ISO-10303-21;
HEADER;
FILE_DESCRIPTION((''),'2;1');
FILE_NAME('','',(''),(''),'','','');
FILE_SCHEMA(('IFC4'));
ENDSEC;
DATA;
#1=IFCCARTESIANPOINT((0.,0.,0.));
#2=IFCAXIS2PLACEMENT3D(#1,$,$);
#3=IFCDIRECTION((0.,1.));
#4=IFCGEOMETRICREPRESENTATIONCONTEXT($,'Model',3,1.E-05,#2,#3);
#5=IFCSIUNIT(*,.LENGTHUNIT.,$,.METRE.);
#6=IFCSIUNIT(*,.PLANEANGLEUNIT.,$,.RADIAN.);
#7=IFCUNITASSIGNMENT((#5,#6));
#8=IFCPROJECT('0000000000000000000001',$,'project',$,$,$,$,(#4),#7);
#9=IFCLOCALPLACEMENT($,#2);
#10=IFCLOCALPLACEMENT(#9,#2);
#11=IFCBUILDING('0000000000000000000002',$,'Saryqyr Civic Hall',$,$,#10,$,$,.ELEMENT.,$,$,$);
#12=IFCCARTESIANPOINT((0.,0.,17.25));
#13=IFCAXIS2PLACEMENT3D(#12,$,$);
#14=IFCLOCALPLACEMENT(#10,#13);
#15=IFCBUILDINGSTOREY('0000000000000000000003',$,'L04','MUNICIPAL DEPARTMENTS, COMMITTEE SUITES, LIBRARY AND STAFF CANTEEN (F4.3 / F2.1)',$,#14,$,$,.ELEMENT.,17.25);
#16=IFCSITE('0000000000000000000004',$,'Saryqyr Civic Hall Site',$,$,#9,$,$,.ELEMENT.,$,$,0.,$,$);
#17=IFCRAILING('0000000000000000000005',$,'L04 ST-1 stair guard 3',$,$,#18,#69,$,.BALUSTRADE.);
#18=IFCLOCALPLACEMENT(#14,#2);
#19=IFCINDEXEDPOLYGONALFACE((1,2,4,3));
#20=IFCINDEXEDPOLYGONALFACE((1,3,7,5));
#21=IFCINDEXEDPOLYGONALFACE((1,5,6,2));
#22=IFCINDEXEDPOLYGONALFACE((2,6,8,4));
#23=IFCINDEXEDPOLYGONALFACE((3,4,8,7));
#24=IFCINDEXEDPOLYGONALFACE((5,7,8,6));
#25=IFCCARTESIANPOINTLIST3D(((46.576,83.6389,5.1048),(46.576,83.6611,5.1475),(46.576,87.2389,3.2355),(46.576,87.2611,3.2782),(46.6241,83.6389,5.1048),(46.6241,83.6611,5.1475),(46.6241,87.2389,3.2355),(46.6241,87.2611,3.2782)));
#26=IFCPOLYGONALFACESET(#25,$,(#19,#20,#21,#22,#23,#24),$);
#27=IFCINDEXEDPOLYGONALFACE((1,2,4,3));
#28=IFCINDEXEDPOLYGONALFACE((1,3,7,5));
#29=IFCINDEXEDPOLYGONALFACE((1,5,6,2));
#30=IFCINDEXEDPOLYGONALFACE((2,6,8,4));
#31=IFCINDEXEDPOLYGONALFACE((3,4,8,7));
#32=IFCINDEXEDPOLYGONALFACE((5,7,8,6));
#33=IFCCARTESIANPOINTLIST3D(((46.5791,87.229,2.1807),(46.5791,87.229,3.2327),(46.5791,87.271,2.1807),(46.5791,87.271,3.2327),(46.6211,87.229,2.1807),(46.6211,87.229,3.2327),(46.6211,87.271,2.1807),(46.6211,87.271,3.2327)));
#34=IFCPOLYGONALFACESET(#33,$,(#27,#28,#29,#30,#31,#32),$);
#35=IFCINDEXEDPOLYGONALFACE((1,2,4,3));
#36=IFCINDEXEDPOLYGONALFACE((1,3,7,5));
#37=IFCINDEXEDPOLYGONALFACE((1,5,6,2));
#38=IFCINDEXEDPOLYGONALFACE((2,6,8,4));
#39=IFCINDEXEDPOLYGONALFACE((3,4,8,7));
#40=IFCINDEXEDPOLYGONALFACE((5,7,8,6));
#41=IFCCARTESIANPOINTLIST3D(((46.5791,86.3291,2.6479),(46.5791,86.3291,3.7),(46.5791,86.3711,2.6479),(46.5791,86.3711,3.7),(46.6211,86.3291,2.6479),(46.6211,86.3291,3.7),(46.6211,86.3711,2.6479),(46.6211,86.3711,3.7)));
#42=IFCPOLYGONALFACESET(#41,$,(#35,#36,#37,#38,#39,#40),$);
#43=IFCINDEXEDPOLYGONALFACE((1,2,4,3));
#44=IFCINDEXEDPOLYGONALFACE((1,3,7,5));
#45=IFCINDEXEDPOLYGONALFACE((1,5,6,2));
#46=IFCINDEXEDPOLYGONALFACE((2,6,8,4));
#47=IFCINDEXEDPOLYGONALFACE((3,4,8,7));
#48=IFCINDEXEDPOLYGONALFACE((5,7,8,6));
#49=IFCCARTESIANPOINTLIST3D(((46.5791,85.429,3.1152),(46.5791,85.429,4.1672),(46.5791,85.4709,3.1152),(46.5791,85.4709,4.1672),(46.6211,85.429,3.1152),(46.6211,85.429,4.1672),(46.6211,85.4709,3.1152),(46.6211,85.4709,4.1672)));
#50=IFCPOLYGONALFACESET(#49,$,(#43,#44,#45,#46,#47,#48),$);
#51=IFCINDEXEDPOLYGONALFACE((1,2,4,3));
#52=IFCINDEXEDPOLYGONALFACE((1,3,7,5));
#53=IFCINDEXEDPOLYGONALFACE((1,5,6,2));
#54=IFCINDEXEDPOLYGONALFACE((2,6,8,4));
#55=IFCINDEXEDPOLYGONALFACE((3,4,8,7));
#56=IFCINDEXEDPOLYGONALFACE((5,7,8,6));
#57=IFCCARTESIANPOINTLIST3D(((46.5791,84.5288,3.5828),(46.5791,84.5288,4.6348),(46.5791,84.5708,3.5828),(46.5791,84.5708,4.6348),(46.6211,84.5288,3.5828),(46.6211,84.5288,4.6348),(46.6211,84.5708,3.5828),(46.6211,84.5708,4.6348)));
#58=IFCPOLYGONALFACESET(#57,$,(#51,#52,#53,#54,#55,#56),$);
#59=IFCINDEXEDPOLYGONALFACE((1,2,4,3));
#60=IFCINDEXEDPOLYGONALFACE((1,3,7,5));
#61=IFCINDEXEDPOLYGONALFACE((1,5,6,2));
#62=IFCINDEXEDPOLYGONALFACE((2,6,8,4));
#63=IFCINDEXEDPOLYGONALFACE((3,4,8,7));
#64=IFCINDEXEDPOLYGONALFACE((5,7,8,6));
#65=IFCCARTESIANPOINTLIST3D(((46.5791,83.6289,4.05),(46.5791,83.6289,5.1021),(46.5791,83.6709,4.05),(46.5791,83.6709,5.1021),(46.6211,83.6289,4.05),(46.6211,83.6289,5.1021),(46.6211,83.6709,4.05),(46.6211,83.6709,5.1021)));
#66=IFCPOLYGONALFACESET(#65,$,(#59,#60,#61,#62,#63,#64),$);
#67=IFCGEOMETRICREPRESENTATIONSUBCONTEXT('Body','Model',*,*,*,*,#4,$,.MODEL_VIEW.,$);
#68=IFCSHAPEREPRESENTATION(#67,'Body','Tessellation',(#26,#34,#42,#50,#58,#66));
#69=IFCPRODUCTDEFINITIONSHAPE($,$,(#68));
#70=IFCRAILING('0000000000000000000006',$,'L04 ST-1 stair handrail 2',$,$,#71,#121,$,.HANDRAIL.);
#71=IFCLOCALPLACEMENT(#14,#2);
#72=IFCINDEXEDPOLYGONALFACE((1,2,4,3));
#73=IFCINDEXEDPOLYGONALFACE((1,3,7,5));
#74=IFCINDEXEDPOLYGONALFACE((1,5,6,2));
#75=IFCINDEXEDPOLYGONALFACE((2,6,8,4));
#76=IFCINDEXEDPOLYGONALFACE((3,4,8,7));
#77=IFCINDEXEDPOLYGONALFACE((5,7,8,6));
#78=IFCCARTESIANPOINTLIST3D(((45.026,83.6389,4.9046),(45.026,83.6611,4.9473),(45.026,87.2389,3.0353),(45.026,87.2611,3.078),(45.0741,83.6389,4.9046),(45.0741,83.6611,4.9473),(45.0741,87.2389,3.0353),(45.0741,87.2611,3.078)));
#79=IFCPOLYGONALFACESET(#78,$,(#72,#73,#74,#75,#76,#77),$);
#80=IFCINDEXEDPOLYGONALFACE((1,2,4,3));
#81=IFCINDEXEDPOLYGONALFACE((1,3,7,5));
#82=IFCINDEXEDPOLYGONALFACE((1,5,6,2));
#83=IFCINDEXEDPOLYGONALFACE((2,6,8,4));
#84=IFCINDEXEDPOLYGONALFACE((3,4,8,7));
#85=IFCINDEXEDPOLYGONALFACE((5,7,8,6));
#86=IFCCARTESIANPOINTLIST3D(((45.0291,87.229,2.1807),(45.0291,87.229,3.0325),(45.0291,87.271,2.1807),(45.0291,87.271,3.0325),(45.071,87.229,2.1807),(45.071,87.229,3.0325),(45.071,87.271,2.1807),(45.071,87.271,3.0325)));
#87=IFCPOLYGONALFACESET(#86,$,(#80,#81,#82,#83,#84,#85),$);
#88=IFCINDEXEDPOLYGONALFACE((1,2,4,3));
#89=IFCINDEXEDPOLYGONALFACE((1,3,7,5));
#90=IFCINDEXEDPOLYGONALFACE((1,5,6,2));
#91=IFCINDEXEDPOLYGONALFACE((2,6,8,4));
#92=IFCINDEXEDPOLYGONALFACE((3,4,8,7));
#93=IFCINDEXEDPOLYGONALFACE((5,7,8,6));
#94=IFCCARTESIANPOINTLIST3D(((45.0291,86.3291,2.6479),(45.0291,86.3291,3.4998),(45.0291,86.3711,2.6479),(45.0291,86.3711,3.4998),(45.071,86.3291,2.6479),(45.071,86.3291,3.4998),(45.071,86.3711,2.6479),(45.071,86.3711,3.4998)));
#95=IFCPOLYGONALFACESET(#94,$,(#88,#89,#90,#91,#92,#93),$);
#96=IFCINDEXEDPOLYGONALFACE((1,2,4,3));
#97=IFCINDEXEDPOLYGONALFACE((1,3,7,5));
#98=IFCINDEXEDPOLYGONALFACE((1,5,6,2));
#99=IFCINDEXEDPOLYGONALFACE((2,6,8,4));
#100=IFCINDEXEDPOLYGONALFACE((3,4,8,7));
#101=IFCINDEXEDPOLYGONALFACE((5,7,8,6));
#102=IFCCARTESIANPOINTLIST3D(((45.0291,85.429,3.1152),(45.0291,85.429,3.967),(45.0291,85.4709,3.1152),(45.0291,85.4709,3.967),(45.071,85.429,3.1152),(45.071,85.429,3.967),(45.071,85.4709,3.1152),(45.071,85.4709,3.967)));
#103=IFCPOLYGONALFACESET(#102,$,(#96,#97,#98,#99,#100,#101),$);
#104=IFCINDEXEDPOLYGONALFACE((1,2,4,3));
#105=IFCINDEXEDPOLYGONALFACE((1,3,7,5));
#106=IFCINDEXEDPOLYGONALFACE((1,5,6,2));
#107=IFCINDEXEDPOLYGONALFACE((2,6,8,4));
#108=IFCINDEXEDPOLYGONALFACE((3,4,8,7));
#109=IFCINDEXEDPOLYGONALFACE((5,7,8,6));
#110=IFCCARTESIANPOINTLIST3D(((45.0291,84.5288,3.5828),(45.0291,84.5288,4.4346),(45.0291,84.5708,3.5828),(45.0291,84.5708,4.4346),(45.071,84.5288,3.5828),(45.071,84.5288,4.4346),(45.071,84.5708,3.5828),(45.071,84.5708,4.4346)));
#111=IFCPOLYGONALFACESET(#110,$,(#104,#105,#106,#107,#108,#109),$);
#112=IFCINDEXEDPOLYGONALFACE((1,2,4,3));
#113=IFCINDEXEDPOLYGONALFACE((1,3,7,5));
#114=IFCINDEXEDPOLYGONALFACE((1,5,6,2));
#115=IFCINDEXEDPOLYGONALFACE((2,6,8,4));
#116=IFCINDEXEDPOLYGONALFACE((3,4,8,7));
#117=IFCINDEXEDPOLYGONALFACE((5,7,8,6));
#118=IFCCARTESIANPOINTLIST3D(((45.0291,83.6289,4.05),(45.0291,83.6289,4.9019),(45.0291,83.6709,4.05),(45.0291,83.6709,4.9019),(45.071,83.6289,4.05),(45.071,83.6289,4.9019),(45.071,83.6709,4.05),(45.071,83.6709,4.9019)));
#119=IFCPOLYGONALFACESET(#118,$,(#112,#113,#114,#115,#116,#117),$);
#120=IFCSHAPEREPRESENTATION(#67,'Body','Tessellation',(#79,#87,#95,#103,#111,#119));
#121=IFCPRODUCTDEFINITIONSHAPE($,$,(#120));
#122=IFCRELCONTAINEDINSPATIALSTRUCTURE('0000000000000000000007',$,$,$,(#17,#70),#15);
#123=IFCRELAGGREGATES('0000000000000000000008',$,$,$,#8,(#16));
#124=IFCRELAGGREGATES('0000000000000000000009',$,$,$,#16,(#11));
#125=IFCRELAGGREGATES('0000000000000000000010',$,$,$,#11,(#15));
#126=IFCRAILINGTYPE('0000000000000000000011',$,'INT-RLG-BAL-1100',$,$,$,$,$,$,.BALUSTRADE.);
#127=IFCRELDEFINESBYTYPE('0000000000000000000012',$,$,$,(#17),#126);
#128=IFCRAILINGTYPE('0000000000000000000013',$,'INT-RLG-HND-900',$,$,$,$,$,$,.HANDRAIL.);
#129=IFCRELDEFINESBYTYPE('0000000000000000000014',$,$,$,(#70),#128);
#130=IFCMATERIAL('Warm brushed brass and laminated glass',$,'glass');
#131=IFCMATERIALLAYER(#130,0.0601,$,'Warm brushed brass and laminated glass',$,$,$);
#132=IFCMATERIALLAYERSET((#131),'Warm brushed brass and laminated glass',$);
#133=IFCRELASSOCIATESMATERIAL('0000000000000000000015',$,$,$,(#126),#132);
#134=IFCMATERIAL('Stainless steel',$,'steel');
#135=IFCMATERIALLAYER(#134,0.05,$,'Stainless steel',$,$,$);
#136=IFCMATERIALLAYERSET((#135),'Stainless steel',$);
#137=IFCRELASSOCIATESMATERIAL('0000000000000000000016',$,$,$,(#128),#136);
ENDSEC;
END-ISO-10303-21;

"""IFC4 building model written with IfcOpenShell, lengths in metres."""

from ifc_helpers import new_model, si_unit, direction, frame, origin, origin_2d, place, context, subcontext, project, spatial, rectangle, extrude, material, layer, layer_set, type_object, element, save


model = new_model("IFC4")

# Units and contexts
model_context = context("Model", 3, precision=1e-05, world=origin(), true_north=direction((0.0, 1.0)))
body_context = subcontext(model_context, "Body", "Model", "MODEL_VIEW")
ifc_project = project(units=[si_unit("LENGTHUNIT", "METRE"), si_unit("PLANEANGLEUNIT", "RADIAN")], contexts=[model_context])

# Site, building, storey
site_placement = place(None, origin())
site = spatial("IfcSite", under=ifc_project, at=site_placement, Name="Saryqyr Civic Hall Site", CompositionType="ELEMENT", RefElevation=0.0)
building_placement = place(site_placement, origin())
building = spatial("IfcBuilding", under=site, at=building_placement, Name="Saryqyr Civic Hall", CompositionType="ELEMENT")
storey_placement = place(building_placement, frame((0.0, 0.0, 17.25)))
storey = spatial("IfcBuildingStorey", under=building, at=storey_placement, Name="L04", Description="MUNICIPAL DEPARTMENTS, COMMITTEE SUITES, LIBRARY AND STAFF CANTEEN (F4.3 / F2.1)", CompositionType="ELEMENT", Elevation=17.25)

# Railings
ifc_material_1 = material(Name="Warm brushed brass and laminated glass", Category="glass")
ifc_layer_1 = layer(ifc_material_1, 0.0601, Name="Warm brushed brass and laminated glass")
ifc_layer_set_1 = layer_set([ifc_layer_1], Name="Warm brushed brass and laminated glass")
railing_type_1 = type_object("IfcRailingType", Name="INT-RLG-BAL-1100", PredefinedType="BALUSTRADE", material=ifc_layer_set_1)
railing_1_placement = place(storey_placement, frame((46.6001, 87.25, 2.1807)))
element("IfcRailing", 1, at=railing_1_placement, inside=storey, type_object=railing_type_1, Name="L04 ST-1 stair guard 3", PredefinedType="BALUSTRADE", context=body_context, shape_type="SweptSolid", body=[
    extrude(rectangle(XDim=0.0481, YDim=0.0481, at=origin_2d()), frame((0.0, 0.0, 1.0762), z_axis=(0.0, -0.887486, 0.460835), x_axis=(1.0, 0.0, 0.0)), (0.0, 0.0, 1.0), 4.0564),
    extrude(rectangle(XDim=0.042, YDim=0.042, at=origin_2d()), origin(), (0.0, 0.0, 1.0), 1.052),
    extrude(rectangle(XDim=0.042, YDim=0.042, at=origin_2d()), frame((0.0, -0.8999, 0.4673)), (0.0, 0.0, 1.0), 1.052),
    extrude(rectangle(XDim=0.042, YDim=0.042, at=origin_2d()), frame((0.0, -1.8, 0.9346)), (0.0, 0.0, 1.0), 1.052),
    extrude(rectangle(XDim=0.042, YDim=0.042, at=origin_2d()), frame((0.0, -2.7002, 1.4021)), (0.0, 0.0, 1.0), 1.052),
    extrude(rectangle(XDim=0.042, YDim=0.042, at=origin_2d()), frame((0.0, -3.6001, 1.8694)), (0.0, 0.0, 1.0), 1.052),
])
ifc_material_2 = material(Name="Stainless steel", Category="steel")
ifc_layer_2 = layer(ifc_material_2, 0.05, Name="Stainless steel")
ifc_layer_set_2 = layer_set([ifc_layer_2], Name="Stainless steel")
railing_type_2 = type_object("IfcRailingType", Name="INT-RLG-HND-900", PredefinedType="HANDRAIL", material=ifc_layer_set_2)
railing_2_placement = place(storey_placement, frame((45.05, 87.25, 2.1807)))
element("IfcRailing", 2, at=railing_2_placement, inside=storey, type_object=railing_type_2, Name="L04 ST-1 stair handrail 2", PredefinedType="HANDRAIL", context=body_context, shape_type="SweptSolid", body=[
    extrude(rectangle(XDim=0.0481, YDim=0.0481, at=origin_2d()), frame((0.0, 0.0, 0.876), z_axis=(0.0, -0.887486, 0.460835), x_axis=(1.0, 0.0, 0.0)), (0.0, 0.0, 1.0), 4.0564),
    extrude(rectangle(XDim=0.042, YDim=0.042, at=origin_2d()), origin(), (0.0, 0.0, 1.0), 0.8518),
    extrude(rectangle(XDim=0.042, YDim=0.042, at=origin_2d()), frame((0.0, -0.8999, 0.4673)), (0.0, 0.0, 1.0), 0.8518),
    extrude(rectangle(XDim=0.042, YDim=0.042, at=origin_2d()), frame((0.0, -1.8, 0.9346)), (0.0, 0.0, 1.0), 0.8518),
    extrude(rectangle(XDim=0.042, YDim=0.042, at=origin_2d()), frame((0.0, -2.7002, 1.4021)), (0.0, 0.0, 1.0), 0.8518),
    extrude(rectangle(XDim=0.042, YDim=0.042, at=origin_2d()), frame((0.0, -3.6001, 1.8694)), (0.0, 0.0, 1.0), 0.8518),
])

save(model, "model.ifc")
